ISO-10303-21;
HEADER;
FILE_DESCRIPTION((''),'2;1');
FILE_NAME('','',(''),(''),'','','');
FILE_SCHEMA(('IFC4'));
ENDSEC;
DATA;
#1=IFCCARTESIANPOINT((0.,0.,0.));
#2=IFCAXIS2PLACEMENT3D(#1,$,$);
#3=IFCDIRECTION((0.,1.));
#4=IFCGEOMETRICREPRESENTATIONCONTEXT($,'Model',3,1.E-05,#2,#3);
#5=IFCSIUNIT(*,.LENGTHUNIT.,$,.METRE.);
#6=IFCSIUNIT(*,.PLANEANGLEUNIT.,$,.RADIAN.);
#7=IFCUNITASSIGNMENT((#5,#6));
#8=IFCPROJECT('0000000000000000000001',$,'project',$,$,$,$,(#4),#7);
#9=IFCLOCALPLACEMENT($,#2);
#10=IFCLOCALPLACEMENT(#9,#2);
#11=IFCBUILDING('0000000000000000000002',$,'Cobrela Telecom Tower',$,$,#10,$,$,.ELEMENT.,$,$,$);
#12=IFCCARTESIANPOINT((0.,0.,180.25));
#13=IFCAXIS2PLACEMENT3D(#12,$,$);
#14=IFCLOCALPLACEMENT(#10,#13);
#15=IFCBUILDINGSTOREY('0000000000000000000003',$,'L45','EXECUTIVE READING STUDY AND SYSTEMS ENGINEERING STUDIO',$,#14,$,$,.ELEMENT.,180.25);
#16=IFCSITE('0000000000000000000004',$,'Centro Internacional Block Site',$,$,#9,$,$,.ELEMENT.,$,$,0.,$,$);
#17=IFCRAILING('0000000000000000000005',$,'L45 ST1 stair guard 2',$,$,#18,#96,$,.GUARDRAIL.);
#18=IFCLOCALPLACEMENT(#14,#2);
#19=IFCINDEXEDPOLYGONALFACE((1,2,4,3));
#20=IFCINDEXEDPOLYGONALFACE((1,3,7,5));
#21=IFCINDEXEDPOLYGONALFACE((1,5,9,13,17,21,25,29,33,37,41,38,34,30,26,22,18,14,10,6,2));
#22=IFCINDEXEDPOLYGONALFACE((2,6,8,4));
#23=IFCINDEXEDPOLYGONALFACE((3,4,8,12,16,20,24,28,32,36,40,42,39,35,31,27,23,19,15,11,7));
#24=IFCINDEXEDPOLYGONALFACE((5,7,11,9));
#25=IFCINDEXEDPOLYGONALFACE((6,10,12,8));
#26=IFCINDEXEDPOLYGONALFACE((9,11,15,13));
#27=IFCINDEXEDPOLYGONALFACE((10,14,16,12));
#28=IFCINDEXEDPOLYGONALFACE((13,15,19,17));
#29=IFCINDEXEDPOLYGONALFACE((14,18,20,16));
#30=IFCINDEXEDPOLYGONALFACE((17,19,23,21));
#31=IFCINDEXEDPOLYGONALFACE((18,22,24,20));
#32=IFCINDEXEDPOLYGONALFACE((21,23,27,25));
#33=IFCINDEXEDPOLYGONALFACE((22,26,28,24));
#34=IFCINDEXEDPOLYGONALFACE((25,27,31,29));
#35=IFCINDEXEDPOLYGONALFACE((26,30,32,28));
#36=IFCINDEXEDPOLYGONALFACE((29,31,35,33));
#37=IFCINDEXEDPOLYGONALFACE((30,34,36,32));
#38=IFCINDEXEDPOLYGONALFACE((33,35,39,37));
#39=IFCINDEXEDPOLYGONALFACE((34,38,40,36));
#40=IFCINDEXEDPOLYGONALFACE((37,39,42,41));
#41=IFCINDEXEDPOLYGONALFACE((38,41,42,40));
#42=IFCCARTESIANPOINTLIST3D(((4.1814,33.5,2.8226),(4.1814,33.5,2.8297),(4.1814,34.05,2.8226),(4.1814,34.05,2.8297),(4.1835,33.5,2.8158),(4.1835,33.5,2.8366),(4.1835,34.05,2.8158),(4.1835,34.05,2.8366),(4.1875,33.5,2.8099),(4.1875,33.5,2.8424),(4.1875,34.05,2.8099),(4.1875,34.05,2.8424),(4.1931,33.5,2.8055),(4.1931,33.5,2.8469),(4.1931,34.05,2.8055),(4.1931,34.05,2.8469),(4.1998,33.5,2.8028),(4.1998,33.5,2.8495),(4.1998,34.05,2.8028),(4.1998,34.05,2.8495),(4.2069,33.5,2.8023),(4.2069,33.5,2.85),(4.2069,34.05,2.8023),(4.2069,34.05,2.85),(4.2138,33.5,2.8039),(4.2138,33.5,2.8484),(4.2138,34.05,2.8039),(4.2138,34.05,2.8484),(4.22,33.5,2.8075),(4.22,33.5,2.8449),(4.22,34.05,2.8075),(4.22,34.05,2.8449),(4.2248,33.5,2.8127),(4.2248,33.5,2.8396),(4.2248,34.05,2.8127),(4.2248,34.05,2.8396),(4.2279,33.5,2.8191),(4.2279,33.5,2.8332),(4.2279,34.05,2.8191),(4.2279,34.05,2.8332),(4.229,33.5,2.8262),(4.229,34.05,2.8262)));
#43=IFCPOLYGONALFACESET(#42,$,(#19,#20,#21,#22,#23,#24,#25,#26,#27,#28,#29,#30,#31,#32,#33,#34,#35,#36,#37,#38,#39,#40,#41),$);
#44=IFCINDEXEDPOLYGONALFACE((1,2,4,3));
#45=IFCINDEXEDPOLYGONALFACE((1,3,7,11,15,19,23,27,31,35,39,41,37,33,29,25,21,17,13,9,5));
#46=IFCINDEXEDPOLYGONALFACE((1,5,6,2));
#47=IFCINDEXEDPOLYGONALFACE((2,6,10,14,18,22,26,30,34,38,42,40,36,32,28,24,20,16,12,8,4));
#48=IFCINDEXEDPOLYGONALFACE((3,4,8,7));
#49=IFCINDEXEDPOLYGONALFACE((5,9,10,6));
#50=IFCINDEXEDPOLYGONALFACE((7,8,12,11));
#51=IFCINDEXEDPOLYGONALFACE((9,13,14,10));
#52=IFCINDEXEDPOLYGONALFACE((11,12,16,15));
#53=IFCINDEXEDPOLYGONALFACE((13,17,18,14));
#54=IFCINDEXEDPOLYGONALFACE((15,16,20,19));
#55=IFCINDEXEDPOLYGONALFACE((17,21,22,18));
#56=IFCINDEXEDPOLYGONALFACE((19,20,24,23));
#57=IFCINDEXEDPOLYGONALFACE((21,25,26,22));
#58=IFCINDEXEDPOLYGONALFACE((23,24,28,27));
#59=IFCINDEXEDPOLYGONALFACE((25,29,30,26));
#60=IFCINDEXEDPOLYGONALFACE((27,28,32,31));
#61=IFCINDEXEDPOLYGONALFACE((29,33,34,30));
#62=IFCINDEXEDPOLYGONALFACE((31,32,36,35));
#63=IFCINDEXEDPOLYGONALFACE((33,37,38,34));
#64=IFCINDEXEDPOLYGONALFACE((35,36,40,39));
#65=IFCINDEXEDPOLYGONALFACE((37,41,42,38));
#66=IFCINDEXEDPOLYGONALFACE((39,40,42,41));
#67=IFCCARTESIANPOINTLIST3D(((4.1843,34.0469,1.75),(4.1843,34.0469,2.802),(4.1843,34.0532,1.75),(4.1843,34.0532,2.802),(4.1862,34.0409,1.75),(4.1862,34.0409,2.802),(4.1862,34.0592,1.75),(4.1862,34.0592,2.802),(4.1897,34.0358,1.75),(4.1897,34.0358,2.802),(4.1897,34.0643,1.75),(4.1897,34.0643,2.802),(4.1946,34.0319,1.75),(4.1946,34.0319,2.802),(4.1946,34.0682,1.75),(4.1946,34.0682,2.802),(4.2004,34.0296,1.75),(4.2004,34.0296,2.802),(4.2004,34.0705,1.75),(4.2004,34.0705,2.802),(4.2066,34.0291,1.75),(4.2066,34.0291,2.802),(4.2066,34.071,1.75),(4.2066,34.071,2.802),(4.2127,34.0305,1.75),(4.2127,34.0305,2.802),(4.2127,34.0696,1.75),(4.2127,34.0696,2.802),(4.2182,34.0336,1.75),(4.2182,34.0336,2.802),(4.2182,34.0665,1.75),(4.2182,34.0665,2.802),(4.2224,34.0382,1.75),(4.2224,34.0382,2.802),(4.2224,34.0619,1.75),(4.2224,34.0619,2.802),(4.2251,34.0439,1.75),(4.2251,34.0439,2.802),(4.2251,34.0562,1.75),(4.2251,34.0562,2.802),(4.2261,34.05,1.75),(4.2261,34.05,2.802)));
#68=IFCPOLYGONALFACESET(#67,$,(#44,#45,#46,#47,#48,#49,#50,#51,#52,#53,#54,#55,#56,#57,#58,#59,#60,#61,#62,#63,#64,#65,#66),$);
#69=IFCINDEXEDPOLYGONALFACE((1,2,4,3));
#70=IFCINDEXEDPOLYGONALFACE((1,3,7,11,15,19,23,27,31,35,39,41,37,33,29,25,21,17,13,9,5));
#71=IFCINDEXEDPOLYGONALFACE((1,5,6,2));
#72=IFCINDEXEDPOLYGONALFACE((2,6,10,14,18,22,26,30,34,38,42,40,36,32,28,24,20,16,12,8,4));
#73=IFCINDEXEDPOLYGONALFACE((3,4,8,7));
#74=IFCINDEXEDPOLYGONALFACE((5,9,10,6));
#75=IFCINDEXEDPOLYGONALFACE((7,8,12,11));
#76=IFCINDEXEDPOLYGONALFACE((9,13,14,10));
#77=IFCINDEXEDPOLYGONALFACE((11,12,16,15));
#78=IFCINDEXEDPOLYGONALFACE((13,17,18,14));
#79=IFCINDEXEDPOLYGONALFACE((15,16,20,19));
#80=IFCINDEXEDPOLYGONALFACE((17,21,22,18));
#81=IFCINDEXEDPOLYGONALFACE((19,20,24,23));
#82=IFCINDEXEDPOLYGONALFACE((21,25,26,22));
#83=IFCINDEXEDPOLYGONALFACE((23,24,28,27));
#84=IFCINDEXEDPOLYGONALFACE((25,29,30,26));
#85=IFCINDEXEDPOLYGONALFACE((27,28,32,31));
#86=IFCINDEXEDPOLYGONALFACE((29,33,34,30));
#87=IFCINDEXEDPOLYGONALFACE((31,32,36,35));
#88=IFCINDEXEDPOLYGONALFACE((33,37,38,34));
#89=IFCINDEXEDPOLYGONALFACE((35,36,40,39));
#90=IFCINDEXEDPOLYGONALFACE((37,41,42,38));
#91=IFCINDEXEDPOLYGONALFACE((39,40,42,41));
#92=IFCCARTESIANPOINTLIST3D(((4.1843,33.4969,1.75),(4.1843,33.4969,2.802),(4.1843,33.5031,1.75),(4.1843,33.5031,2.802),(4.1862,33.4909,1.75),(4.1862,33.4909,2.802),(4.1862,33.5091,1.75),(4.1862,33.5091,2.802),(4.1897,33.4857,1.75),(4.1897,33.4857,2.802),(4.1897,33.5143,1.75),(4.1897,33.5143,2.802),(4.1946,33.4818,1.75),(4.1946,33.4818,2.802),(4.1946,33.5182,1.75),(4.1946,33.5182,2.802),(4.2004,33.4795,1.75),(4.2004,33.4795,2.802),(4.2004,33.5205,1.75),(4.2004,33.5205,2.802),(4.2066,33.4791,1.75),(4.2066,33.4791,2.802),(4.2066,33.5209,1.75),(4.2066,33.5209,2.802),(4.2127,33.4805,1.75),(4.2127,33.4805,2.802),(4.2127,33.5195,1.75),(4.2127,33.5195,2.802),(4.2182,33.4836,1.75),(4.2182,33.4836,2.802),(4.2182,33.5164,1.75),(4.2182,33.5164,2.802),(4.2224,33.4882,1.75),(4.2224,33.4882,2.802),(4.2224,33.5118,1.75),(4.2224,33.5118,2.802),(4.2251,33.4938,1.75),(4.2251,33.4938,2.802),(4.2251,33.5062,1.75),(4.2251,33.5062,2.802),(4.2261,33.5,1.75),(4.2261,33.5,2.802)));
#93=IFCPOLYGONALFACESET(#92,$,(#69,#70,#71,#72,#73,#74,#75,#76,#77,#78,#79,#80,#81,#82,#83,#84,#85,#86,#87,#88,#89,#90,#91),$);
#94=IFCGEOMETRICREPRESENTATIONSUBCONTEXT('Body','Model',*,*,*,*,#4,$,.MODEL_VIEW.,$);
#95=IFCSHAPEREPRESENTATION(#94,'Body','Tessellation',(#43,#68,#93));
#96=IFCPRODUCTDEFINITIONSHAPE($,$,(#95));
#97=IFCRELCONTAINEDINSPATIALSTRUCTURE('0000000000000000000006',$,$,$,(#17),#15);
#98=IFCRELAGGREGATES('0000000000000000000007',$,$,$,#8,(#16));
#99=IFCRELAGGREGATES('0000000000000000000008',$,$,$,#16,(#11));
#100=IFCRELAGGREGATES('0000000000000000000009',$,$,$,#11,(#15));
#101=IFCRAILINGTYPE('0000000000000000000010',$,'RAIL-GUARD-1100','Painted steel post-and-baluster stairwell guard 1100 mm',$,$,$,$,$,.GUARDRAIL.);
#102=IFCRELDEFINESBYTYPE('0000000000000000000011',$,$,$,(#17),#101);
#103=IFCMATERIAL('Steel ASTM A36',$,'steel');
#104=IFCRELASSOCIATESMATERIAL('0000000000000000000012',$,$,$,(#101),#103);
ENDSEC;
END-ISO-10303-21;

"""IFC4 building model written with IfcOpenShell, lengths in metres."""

from ifc_helpers import new_model, si_unit, direction, frame, origin, origin_2d, place, context, subcontext, project, spatial, circle, extrude, material, type_object, element, save


model = new_model("IFC4")

# Units and contexts
model_context = context("Model", 3, precision=1e-05, world=origin(), true_north=direction((0.0, 1.0)))
body_context = subcontext(model_context, "Body", "Model", "MODEL_VIEW")
ifc_project = project(units=[si_unit("LENGTHUNIT", "METRE"), si_unit("PLANEANGLEUNIT", "RADIAN")], contexts=[model_context])

# Site, building, storey
site_placement = place(None, origin())
site = spatial("IfcSite", under=ifc_project, at=site_placement, Name="Centro Internacional Block Site", CompositionType="ELEMENT", RefElevation=0.0)
building_placement = place(site_placement, origin())
building = spatial("IfcBuilding", under=site, at=building_placement, Name="Cobrela Telecom Tower", CompositionType="ELEMENT")
storey_placement = place(building_placement, frame((0.0, 0.0, 180.25)))
storey = spatial("IfcBuildingStorey", under=building, at=storey_placement, Name="L45", Description="EXECUTIVE READING STUDY AND SYSTEMS ENGINEERING STUDIO", CompositionType="ELEMENT", Elevation=180.25)

# Shared definitions
ifc_material_1 = material(Name="Steel ASTM A36", Category="steel")

# Railing
railing_type_1 = type_object("IfcRailingType", Name="RAIL-GUARD-1100", Description="Painted steel post-and-baluster stairwell guard 1100 mm", PredefinedType="GUARDRAIL", material=ifc_material_1)
railing_1_placement = place(storey_placement, frame((4.2051, 34.05, 1.75)))
element("IfcRailing", 1, at=railing_1_placement, inside=storey, type_object=railing_type_1, Name="L45 ST1 stair guard 2", PredefinedType="GUARDRAIL", context=body_context, shape_type="SweptSolid", body=[
    extrude(circle(Radius=0.0239, at=origin_2d()), frame((0.0, 0.0, 1.0762), z_axis=(0.0, -1.0, 0.0), x_axis=(1.0, 0.0, 0.0)), (0.0, 0.0, 1.0), 0.55),
    extrude(circle(Radius=0.021, at=origin_2d()), origin(), (0.0, 0.0, 1.0), 1.052),
    extrude(circle(Radius=0.021, at=origin_2d()), frame((0.0, -0.55, 0.0)), (0.0, 0.0, 1.0), 1.052),
])

save(model, "model.ifc")
